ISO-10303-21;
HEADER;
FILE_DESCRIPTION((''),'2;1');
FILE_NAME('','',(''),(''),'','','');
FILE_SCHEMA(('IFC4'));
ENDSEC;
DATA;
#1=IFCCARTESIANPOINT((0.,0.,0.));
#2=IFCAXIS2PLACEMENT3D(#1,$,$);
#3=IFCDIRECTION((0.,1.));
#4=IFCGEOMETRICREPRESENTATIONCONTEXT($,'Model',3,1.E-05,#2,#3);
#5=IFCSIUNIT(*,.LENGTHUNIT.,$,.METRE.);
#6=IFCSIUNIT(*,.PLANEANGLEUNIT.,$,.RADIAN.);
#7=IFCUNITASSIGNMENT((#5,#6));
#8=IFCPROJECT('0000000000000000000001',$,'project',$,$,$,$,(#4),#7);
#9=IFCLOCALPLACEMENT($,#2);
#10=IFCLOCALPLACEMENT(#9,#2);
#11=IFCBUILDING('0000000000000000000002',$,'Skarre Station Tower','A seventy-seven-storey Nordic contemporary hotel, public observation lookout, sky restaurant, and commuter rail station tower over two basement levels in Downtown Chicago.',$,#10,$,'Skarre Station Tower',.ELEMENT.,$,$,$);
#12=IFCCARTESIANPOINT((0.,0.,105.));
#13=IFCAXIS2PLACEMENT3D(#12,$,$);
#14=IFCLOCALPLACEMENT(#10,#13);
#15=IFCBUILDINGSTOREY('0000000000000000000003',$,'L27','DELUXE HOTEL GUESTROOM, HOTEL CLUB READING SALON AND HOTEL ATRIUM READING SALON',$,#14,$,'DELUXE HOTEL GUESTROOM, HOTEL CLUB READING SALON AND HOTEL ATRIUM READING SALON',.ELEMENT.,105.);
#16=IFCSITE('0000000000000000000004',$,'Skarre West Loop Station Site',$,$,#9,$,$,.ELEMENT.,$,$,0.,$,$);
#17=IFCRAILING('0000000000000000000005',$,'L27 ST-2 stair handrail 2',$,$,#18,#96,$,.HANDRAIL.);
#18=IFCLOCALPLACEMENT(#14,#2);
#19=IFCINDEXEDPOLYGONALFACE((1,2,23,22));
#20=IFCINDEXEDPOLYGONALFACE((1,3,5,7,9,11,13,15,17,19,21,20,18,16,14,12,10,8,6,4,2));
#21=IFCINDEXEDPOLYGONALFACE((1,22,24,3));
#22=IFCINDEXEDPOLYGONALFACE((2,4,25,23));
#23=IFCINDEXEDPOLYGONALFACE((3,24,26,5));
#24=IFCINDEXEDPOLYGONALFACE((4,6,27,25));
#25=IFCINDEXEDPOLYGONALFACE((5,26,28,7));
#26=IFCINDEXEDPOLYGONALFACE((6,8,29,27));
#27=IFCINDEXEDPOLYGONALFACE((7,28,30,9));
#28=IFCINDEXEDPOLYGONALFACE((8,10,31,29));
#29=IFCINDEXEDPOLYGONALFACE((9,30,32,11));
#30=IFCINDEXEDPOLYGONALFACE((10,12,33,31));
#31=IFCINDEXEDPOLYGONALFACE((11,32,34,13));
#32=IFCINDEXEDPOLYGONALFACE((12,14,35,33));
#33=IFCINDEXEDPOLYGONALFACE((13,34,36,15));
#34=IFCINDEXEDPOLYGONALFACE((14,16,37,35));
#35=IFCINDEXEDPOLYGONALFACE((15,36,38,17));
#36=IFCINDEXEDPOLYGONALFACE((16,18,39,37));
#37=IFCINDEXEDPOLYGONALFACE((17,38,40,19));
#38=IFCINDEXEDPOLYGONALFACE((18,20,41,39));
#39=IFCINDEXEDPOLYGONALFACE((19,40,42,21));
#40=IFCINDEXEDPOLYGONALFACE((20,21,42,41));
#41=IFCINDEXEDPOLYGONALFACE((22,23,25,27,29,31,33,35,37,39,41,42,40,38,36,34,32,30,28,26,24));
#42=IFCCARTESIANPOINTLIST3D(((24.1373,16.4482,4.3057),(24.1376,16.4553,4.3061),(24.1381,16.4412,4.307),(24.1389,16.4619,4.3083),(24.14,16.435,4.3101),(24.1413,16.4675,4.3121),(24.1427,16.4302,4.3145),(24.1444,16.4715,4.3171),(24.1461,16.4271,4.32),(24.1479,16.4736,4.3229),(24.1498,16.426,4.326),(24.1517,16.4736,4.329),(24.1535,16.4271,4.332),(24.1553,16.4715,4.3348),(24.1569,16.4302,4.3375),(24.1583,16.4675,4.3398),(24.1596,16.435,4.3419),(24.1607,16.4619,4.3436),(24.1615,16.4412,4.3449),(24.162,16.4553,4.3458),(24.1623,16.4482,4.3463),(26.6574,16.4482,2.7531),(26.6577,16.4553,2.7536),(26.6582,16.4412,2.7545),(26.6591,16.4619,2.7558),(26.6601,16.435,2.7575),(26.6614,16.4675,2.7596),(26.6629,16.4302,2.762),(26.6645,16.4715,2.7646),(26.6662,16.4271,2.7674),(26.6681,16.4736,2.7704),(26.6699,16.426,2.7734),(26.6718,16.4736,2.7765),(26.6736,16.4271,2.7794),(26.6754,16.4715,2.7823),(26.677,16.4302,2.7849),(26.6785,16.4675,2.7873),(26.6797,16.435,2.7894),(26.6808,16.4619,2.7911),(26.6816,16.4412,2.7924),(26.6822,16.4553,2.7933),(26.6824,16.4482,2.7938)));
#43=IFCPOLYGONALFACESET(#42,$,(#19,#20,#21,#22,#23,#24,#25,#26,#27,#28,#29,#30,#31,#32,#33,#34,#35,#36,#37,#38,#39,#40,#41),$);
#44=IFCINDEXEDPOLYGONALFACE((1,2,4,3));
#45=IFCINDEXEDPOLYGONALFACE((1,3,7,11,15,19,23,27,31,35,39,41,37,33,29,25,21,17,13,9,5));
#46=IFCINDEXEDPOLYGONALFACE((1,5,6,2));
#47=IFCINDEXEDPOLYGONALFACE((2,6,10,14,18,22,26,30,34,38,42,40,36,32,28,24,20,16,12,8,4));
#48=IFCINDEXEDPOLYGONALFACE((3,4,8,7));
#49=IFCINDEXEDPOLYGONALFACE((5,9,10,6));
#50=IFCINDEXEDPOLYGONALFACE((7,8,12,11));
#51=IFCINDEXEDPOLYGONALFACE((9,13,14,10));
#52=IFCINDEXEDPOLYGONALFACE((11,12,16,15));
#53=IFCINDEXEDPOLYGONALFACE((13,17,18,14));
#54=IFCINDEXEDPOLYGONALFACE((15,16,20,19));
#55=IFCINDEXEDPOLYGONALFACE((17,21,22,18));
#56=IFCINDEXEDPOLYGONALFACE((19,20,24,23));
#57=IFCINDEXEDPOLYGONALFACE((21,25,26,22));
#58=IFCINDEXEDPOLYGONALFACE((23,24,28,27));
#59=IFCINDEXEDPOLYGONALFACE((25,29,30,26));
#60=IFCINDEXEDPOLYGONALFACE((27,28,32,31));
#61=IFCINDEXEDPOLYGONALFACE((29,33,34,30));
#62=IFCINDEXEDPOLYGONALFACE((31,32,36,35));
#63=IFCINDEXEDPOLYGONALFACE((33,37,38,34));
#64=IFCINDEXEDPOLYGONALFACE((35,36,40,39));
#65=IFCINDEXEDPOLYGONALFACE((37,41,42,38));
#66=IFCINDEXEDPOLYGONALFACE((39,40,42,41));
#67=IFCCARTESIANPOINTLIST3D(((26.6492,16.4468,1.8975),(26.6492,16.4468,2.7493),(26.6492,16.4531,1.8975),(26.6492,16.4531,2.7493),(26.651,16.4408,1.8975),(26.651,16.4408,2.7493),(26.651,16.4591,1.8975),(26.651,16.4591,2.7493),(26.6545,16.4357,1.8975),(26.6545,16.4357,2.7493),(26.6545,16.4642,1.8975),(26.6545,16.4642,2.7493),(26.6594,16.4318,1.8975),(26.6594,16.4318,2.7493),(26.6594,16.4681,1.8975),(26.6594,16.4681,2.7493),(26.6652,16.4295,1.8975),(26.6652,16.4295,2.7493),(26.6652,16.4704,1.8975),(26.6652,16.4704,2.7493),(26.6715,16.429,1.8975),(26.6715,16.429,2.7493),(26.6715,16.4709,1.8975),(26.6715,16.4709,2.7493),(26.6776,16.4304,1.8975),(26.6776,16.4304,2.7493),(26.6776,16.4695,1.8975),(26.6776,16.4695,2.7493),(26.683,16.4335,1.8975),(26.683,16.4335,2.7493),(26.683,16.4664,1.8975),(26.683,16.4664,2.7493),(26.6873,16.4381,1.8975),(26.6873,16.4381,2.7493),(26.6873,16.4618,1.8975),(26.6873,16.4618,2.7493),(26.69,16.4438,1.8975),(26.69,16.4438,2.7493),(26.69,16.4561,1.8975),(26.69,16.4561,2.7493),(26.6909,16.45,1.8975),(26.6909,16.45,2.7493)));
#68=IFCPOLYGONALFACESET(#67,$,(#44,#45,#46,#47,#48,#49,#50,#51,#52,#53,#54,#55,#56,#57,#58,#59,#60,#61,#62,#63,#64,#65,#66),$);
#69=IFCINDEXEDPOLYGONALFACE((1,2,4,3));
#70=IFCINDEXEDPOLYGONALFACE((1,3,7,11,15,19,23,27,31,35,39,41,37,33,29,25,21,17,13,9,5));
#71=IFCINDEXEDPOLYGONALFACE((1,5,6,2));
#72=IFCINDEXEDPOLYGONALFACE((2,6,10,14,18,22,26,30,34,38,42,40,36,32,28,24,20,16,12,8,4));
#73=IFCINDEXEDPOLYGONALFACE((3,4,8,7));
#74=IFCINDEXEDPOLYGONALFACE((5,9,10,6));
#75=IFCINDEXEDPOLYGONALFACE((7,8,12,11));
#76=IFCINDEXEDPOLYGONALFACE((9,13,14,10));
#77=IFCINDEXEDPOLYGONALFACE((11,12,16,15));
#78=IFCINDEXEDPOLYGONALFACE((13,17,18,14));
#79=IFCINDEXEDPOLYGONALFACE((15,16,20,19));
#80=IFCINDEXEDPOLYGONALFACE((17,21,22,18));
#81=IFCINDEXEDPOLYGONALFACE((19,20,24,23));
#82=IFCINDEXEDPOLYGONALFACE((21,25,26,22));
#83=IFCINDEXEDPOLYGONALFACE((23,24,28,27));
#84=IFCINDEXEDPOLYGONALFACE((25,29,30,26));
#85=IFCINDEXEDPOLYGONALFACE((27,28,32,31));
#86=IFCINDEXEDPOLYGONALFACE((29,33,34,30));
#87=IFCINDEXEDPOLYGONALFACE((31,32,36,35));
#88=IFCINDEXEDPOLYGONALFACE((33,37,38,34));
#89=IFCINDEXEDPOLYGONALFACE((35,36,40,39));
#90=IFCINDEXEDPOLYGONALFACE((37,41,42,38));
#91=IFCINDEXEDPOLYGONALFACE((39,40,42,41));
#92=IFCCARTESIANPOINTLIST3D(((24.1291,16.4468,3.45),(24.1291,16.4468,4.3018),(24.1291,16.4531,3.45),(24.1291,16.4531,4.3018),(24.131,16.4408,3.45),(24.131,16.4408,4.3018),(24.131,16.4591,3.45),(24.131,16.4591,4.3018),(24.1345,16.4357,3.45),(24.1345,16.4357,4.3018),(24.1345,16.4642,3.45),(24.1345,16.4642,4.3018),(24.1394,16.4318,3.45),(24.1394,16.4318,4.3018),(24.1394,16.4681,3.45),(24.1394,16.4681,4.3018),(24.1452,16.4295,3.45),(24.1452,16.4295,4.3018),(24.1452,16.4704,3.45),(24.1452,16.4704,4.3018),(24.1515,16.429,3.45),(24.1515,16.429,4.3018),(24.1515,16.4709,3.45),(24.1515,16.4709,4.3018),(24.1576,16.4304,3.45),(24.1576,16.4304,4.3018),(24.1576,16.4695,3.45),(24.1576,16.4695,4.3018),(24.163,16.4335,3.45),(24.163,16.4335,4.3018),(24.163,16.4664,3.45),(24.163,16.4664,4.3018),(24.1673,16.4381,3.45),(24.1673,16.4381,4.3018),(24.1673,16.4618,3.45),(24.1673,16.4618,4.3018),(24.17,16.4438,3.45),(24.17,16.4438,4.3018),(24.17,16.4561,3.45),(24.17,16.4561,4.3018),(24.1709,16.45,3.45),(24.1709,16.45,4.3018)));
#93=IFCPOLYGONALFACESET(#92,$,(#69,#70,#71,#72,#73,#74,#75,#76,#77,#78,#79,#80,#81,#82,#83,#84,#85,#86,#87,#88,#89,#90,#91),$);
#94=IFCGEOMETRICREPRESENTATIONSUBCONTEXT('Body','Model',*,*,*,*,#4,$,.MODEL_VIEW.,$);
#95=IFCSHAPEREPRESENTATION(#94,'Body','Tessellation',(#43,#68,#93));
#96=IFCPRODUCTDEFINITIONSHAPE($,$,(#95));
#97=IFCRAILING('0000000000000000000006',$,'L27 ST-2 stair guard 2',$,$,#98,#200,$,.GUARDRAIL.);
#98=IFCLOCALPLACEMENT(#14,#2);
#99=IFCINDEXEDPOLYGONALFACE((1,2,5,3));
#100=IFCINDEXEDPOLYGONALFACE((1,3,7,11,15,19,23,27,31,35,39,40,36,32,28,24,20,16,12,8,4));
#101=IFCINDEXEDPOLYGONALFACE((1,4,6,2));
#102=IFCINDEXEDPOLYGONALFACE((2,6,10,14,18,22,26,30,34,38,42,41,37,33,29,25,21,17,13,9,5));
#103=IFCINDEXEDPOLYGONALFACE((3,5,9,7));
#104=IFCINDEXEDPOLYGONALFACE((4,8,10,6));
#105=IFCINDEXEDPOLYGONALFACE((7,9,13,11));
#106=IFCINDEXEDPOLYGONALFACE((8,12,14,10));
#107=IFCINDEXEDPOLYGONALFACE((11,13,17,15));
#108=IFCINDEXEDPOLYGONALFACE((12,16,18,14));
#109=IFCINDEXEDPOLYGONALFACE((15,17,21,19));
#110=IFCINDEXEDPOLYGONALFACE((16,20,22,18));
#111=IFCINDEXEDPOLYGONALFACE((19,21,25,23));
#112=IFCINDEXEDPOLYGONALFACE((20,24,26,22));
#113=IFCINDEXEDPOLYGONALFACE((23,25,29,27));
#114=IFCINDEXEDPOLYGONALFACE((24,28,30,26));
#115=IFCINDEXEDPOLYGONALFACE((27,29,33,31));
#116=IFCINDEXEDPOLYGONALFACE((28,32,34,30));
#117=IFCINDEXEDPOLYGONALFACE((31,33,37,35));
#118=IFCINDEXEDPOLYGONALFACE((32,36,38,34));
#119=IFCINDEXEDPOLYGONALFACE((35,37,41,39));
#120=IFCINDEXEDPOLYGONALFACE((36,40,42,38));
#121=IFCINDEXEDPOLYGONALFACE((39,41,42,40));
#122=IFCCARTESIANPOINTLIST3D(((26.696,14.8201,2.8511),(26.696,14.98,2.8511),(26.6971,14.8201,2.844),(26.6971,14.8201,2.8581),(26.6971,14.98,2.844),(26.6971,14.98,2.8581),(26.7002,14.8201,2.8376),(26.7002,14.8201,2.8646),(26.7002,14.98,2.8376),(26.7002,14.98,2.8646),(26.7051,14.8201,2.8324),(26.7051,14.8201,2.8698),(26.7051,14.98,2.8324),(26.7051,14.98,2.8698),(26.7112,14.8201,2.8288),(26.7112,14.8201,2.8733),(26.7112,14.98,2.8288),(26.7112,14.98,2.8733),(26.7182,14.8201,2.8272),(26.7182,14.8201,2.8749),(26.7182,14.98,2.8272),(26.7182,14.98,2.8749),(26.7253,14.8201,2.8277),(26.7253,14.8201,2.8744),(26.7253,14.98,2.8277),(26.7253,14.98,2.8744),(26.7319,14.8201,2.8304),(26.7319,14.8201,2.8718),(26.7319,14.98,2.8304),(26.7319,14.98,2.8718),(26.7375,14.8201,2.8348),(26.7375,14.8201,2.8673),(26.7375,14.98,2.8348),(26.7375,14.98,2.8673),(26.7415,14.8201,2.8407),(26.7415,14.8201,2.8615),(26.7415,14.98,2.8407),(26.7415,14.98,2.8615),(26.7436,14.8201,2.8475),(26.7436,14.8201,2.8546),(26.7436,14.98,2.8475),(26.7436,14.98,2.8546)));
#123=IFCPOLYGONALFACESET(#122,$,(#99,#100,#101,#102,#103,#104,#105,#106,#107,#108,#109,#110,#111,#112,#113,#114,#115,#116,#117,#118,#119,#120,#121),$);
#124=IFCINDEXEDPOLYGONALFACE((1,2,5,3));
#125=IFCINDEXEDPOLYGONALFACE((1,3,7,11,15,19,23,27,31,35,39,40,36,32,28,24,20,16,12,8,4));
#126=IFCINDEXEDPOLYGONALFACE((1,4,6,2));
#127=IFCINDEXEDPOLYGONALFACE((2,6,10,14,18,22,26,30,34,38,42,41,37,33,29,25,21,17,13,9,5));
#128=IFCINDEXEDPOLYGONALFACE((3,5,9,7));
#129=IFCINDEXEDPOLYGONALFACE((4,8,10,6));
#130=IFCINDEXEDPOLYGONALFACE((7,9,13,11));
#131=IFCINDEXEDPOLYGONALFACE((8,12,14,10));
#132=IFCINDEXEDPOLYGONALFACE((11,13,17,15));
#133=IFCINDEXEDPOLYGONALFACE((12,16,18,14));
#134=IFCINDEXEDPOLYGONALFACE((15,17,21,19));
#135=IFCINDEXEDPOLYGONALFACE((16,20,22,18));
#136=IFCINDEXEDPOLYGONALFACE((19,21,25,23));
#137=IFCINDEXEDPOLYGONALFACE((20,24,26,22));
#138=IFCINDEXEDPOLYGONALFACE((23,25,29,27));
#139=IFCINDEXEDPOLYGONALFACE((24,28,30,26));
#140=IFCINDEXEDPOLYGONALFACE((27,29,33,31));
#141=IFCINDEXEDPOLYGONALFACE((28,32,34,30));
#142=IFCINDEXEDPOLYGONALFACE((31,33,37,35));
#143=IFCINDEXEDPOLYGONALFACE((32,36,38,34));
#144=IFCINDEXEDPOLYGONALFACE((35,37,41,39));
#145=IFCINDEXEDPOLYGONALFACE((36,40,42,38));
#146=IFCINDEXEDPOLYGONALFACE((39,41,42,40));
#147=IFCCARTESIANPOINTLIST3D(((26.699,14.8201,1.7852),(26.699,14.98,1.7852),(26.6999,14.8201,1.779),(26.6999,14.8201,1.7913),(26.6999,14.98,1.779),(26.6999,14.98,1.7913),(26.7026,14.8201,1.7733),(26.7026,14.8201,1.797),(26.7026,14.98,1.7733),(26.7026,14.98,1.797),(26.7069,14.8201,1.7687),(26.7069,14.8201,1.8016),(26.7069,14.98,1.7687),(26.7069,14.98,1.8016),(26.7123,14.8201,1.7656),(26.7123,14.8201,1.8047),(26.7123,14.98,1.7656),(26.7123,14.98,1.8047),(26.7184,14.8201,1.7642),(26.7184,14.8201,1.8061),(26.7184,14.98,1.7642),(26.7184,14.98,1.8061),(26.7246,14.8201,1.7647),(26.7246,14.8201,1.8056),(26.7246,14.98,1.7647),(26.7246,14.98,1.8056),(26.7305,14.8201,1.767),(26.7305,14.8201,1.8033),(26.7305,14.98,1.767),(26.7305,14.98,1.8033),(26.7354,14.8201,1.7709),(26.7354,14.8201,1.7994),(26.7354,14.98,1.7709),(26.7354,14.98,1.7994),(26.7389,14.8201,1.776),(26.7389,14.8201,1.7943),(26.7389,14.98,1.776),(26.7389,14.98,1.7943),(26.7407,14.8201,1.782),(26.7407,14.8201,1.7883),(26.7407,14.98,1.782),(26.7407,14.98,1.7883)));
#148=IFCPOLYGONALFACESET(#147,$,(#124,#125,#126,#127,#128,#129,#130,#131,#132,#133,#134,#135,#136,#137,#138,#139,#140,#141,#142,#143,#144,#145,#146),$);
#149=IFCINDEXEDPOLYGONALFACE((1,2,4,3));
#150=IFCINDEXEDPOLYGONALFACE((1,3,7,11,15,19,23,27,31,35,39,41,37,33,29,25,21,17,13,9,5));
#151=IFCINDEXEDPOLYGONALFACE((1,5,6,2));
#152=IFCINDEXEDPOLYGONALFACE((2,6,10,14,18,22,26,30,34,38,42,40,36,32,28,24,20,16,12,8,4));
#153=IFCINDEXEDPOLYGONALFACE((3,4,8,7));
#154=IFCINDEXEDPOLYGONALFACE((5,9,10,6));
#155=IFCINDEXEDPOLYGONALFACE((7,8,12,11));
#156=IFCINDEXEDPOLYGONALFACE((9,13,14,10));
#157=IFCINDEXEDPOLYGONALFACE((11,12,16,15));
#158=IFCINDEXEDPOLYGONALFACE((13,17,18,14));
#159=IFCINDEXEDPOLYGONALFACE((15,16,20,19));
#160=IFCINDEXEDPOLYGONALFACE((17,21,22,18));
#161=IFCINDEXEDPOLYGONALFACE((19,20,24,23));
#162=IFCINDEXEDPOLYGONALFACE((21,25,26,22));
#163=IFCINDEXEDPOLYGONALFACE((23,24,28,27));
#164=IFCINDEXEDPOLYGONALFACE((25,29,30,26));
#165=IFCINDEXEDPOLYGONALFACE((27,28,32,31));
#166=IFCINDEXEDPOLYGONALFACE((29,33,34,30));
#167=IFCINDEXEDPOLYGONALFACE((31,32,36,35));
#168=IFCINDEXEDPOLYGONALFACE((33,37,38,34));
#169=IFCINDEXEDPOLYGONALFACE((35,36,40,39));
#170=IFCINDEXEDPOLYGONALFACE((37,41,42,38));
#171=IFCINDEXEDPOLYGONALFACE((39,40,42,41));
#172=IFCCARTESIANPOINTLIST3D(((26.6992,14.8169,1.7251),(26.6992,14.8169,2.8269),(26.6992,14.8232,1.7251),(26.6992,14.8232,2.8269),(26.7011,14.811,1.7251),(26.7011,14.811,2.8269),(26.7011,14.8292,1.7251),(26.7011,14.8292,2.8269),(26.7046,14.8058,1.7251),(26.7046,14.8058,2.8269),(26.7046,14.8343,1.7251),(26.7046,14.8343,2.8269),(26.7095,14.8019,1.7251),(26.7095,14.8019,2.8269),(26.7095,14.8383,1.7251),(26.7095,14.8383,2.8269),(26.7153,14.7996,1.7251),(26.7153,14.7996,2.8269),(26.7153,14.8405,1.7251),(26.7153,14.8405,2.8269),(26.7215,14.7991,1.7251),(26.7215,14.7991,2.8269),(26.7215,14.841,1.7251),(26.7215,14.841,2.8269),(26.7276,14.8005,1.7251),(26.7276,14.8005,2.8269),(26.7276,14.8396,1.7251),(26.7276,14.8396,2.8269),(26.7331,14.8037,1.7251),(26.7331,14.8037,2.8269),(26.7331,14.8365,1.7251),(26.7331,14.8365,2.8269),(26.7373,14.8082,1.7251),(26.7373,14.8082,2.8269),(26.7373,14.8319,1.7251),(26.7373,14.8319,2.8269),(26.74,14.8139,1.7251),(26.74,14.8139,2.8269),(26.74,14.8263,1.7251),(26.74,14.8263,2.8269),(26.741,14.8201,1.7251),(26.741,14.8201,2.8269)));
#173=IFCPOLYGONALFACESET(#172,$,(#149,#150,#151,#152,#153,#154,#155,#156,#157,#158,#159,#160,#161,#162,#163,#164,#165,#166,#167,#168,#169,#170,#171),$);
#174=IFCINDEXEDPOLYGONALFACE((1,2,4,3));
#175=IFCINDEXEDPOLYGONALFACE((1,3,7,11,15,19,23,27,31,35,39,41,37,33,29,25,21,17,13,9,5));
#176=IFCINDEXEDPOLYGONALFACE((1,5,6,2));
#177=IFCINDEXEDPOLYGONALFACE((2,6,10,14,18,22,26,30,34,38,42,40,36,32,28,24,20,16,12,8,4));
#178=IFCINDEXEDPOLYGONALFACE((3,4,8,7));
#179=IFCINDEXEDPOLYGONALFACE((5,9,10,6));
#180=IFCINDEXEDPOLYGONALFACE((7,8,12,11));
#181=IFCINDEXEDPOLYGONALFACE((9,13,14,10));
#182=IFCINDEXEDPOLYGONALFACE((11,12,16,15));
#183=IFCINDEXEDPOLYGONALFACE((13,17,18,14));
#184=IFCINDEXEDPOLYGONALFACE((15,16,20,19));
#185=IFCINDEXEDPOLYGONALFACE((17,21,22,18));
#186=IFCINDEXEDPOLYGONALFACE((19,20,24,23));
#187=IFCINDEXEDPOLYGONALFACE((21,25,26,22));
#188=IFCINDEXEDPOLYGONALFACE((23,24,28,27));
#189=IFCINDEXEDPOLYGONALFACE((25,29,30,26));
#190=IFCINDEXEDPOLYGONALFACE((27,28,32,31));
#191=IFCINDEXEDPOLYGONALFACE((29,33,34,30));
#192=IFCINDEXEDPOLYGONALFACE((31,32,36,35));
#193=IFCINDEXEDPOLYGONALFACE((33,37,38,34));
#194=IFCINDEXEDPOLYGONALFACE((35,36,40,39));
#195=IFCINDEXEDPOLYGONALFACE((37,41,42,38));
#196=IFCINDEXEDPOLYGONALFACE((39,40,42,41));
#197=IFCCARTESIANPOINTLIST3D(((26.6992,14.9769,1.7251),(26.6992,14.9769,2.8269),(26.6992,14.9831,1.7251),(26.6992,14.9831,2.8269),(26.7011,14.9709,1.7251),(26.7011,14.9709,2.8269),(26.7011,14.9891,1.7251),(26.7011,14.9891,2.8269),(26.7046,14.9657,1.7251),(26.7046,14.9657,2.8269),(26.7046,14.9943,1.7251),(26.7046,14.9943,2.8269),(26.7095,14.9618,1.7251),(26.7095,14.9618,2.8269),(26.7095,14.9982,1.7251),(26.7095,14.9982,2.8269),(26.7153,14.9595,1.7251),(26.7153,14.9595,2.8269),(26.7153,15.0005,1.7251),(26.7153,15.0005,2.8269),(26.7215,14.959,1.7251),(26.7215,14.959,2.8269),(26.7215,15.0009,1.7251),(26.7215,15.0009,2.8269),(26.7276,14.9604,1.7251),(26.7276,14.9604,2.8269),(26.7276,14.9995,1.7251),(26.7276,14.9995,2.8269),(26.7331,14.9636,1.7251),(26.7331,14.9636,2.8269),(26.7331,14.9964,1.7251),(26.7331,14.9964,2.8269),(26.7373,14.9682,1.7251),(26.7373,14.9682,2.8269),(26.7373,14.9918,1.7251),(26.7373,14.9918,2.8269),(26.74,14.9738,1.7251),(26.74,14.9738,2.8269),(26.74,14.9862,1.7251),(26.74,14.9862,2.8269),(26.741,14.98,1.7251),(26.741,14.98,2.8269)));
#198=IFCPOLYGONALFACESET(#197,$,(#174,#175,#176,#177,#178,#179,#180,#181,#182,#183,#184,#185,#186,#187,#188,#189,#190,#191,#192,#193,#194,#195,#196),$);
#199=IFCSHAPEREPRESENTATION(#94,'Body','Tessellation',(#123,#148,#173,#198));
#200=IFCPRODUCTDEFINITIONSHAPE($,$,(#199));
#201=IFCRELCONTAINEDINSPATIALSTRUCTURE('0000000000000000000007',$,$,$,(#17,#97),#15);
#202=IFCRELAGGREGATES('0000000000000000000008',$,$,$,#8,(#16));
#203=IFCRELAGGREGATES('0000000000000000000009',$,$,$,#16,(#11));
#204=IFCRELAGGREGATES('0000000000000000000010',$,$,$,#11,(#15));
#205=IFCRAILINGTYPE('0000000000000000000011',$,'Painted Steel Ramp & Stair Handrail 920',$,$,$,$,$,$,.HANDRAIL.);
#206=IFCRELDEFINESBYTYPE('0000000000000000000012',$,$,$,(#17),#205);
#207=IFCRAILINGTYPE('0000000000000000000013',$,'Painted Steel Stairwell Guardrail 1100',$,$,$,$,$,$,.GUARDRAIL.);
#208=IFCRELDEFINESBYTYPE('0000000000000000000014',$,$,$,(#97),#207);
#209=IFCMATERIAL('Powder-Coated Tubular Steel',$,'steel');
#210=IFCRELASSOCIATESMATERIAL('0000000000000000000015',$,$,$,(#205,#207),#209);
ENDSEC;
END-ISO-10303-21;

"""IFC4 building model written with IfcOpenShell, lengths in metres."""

from ifc_helpers import new_model, si_unit, direction, frame, origin, origin_2d, place, context, subcontext, project, spatial, circle, extrude, material, type_object, element, save


model = new_model("IFC4")

# Units and contexts
model_context = context("Model", 3, precision=1e-05, world=origin(), true_north=direction((0.0, 1.0)))
body_context = subcontext(model_context, "Body", "Model", "MODEL_VIEW")
ifc_project = project(units=[si_unit("LENGTHUNIT", "METRE"), si_unit("PLANEANGLEUNIT", "RADIAN")], contexts=[model_context])

# Site, building, storey
site_placement = place(None, origin())
site = spatial("IfcSite", under=ifc_project, at=site_placement, Name="Skarre West Loop Station Site", CompositionType="ELEMENT", RefElevation=0.0)
building_placement = place(site_placement, origin())
building = spatial("IfcBuilding", under=site, at=building_placement, Name="Skarre Station Tower", Description="A seventy-seven-storey Nordic contemporary hotel, public observation lookout, sky restaurant, and commuter rail station tower over two basement levels in Downtown Chicago.", LongName="Skarre Station Tower", CompositionType="ELEMENT")
storey_placement = place(building_placement, frame((0.0, 0.0, 105.0)))
storey = spatial("IfcBuildingStorey", under=building, at=storey_placement, Name="L27", Description="DELUXE HOTEL GUESTROOM, HOTEL CLUB READING SALON AND HOTEL ATRIUM READING SALON", LongName="DELUXE HOTEL GUESTROOM, HOTEL CLUB READING SALON AND HOTEL ATRIUM READING SALON", CompositionType="ELEMENT", Elevation=105.0)

# Railings
ifc_material_1 = material(Name="Powder-Coated Tubular Steel", Category="steel")
railing_type_1 = type_object("IfcRailingType", Name="Painted Steel Ramp & Stair Handrail 920", PredefinedType="HANDRAIL", material=ifc_material_1)
railing_1_placement = place(storey_placement, frame((26.6699, 16.45, 1.8975)))
element("IfcRailing", 1, at=railing_1_placement, inside=storey, type_object=railing_type_1, Name="L27 ST-2 stair handrail 2", PredefinedType="HANDRAIL", context=body_context, shape_type="SweptSolid", body=[
    extrude(circle(Radius=0.0239, at=origin_2d()), frame((0.0, 0.0, 0.876), z_axis=(-0.8514, 0.0, 0.524516), x_axis=(0.0, -1.0, 0.0)), (0.0, 0.0, 1.0), 2.96),
    extrude(circle(Radius=0.021, at=origin_2d()), origin(), (0.0, 0.0, 1.0), 0.8518),
    extrude(circle(Radius=0.021, at=origin_2d()), frame((-2.52, 0.0, 1.5525)), (0.0, 0.0, 1.0), 0.8518),
])
railing_type_2 = type_object("IfcRailingType", Name="Painted Steel Stairwell Guardrail 1100", PredefinedType="GUARDRAIL", material=ifc_material_1)
railing_2_placement = place(storey_placement, frame((26.72, 14.8201, 1.7251)))
element("IfcRailing", 2, at=railing_2_placement, inside=storey, type_object=railing_type_2, Name="L27 ST-2 stair guard 2", PredefinedType="GUARDRAIL", context=body_context, shape_type="SweptSolid", body=[
    extrude(circle(Radius=0.0239, at=origin_2d()), frame((0.0, 0.0, 1.126), z_axis=(0.0, 1.0, 0.0), x_axis=(-1.0, 0.0, 0.0)), (0.0, 0.0, 1.0), 0.1599),
    extrude(circle(Radius=0.021, at=origin_2d()), frame((0.0, 0.0, 0.0601), z_axis=(0.0, 1.0, 0.0), x_axis=(-1.0, 0.0, 0.0)), (0.0, 0.0, 1.0), 0.1599),
    extrude(circle(Radius=0.021, at=origin_2d()), origin(), (0.0, 0.0, 1.0), 1.1018),
    extrude(circle(Radius=0.021, at=origin_2d()), frame((0.0, 0.1599, 0.0)), (0.0, 0.0, 1.0), 1.1018),
])

save(model, "model.ifc")
